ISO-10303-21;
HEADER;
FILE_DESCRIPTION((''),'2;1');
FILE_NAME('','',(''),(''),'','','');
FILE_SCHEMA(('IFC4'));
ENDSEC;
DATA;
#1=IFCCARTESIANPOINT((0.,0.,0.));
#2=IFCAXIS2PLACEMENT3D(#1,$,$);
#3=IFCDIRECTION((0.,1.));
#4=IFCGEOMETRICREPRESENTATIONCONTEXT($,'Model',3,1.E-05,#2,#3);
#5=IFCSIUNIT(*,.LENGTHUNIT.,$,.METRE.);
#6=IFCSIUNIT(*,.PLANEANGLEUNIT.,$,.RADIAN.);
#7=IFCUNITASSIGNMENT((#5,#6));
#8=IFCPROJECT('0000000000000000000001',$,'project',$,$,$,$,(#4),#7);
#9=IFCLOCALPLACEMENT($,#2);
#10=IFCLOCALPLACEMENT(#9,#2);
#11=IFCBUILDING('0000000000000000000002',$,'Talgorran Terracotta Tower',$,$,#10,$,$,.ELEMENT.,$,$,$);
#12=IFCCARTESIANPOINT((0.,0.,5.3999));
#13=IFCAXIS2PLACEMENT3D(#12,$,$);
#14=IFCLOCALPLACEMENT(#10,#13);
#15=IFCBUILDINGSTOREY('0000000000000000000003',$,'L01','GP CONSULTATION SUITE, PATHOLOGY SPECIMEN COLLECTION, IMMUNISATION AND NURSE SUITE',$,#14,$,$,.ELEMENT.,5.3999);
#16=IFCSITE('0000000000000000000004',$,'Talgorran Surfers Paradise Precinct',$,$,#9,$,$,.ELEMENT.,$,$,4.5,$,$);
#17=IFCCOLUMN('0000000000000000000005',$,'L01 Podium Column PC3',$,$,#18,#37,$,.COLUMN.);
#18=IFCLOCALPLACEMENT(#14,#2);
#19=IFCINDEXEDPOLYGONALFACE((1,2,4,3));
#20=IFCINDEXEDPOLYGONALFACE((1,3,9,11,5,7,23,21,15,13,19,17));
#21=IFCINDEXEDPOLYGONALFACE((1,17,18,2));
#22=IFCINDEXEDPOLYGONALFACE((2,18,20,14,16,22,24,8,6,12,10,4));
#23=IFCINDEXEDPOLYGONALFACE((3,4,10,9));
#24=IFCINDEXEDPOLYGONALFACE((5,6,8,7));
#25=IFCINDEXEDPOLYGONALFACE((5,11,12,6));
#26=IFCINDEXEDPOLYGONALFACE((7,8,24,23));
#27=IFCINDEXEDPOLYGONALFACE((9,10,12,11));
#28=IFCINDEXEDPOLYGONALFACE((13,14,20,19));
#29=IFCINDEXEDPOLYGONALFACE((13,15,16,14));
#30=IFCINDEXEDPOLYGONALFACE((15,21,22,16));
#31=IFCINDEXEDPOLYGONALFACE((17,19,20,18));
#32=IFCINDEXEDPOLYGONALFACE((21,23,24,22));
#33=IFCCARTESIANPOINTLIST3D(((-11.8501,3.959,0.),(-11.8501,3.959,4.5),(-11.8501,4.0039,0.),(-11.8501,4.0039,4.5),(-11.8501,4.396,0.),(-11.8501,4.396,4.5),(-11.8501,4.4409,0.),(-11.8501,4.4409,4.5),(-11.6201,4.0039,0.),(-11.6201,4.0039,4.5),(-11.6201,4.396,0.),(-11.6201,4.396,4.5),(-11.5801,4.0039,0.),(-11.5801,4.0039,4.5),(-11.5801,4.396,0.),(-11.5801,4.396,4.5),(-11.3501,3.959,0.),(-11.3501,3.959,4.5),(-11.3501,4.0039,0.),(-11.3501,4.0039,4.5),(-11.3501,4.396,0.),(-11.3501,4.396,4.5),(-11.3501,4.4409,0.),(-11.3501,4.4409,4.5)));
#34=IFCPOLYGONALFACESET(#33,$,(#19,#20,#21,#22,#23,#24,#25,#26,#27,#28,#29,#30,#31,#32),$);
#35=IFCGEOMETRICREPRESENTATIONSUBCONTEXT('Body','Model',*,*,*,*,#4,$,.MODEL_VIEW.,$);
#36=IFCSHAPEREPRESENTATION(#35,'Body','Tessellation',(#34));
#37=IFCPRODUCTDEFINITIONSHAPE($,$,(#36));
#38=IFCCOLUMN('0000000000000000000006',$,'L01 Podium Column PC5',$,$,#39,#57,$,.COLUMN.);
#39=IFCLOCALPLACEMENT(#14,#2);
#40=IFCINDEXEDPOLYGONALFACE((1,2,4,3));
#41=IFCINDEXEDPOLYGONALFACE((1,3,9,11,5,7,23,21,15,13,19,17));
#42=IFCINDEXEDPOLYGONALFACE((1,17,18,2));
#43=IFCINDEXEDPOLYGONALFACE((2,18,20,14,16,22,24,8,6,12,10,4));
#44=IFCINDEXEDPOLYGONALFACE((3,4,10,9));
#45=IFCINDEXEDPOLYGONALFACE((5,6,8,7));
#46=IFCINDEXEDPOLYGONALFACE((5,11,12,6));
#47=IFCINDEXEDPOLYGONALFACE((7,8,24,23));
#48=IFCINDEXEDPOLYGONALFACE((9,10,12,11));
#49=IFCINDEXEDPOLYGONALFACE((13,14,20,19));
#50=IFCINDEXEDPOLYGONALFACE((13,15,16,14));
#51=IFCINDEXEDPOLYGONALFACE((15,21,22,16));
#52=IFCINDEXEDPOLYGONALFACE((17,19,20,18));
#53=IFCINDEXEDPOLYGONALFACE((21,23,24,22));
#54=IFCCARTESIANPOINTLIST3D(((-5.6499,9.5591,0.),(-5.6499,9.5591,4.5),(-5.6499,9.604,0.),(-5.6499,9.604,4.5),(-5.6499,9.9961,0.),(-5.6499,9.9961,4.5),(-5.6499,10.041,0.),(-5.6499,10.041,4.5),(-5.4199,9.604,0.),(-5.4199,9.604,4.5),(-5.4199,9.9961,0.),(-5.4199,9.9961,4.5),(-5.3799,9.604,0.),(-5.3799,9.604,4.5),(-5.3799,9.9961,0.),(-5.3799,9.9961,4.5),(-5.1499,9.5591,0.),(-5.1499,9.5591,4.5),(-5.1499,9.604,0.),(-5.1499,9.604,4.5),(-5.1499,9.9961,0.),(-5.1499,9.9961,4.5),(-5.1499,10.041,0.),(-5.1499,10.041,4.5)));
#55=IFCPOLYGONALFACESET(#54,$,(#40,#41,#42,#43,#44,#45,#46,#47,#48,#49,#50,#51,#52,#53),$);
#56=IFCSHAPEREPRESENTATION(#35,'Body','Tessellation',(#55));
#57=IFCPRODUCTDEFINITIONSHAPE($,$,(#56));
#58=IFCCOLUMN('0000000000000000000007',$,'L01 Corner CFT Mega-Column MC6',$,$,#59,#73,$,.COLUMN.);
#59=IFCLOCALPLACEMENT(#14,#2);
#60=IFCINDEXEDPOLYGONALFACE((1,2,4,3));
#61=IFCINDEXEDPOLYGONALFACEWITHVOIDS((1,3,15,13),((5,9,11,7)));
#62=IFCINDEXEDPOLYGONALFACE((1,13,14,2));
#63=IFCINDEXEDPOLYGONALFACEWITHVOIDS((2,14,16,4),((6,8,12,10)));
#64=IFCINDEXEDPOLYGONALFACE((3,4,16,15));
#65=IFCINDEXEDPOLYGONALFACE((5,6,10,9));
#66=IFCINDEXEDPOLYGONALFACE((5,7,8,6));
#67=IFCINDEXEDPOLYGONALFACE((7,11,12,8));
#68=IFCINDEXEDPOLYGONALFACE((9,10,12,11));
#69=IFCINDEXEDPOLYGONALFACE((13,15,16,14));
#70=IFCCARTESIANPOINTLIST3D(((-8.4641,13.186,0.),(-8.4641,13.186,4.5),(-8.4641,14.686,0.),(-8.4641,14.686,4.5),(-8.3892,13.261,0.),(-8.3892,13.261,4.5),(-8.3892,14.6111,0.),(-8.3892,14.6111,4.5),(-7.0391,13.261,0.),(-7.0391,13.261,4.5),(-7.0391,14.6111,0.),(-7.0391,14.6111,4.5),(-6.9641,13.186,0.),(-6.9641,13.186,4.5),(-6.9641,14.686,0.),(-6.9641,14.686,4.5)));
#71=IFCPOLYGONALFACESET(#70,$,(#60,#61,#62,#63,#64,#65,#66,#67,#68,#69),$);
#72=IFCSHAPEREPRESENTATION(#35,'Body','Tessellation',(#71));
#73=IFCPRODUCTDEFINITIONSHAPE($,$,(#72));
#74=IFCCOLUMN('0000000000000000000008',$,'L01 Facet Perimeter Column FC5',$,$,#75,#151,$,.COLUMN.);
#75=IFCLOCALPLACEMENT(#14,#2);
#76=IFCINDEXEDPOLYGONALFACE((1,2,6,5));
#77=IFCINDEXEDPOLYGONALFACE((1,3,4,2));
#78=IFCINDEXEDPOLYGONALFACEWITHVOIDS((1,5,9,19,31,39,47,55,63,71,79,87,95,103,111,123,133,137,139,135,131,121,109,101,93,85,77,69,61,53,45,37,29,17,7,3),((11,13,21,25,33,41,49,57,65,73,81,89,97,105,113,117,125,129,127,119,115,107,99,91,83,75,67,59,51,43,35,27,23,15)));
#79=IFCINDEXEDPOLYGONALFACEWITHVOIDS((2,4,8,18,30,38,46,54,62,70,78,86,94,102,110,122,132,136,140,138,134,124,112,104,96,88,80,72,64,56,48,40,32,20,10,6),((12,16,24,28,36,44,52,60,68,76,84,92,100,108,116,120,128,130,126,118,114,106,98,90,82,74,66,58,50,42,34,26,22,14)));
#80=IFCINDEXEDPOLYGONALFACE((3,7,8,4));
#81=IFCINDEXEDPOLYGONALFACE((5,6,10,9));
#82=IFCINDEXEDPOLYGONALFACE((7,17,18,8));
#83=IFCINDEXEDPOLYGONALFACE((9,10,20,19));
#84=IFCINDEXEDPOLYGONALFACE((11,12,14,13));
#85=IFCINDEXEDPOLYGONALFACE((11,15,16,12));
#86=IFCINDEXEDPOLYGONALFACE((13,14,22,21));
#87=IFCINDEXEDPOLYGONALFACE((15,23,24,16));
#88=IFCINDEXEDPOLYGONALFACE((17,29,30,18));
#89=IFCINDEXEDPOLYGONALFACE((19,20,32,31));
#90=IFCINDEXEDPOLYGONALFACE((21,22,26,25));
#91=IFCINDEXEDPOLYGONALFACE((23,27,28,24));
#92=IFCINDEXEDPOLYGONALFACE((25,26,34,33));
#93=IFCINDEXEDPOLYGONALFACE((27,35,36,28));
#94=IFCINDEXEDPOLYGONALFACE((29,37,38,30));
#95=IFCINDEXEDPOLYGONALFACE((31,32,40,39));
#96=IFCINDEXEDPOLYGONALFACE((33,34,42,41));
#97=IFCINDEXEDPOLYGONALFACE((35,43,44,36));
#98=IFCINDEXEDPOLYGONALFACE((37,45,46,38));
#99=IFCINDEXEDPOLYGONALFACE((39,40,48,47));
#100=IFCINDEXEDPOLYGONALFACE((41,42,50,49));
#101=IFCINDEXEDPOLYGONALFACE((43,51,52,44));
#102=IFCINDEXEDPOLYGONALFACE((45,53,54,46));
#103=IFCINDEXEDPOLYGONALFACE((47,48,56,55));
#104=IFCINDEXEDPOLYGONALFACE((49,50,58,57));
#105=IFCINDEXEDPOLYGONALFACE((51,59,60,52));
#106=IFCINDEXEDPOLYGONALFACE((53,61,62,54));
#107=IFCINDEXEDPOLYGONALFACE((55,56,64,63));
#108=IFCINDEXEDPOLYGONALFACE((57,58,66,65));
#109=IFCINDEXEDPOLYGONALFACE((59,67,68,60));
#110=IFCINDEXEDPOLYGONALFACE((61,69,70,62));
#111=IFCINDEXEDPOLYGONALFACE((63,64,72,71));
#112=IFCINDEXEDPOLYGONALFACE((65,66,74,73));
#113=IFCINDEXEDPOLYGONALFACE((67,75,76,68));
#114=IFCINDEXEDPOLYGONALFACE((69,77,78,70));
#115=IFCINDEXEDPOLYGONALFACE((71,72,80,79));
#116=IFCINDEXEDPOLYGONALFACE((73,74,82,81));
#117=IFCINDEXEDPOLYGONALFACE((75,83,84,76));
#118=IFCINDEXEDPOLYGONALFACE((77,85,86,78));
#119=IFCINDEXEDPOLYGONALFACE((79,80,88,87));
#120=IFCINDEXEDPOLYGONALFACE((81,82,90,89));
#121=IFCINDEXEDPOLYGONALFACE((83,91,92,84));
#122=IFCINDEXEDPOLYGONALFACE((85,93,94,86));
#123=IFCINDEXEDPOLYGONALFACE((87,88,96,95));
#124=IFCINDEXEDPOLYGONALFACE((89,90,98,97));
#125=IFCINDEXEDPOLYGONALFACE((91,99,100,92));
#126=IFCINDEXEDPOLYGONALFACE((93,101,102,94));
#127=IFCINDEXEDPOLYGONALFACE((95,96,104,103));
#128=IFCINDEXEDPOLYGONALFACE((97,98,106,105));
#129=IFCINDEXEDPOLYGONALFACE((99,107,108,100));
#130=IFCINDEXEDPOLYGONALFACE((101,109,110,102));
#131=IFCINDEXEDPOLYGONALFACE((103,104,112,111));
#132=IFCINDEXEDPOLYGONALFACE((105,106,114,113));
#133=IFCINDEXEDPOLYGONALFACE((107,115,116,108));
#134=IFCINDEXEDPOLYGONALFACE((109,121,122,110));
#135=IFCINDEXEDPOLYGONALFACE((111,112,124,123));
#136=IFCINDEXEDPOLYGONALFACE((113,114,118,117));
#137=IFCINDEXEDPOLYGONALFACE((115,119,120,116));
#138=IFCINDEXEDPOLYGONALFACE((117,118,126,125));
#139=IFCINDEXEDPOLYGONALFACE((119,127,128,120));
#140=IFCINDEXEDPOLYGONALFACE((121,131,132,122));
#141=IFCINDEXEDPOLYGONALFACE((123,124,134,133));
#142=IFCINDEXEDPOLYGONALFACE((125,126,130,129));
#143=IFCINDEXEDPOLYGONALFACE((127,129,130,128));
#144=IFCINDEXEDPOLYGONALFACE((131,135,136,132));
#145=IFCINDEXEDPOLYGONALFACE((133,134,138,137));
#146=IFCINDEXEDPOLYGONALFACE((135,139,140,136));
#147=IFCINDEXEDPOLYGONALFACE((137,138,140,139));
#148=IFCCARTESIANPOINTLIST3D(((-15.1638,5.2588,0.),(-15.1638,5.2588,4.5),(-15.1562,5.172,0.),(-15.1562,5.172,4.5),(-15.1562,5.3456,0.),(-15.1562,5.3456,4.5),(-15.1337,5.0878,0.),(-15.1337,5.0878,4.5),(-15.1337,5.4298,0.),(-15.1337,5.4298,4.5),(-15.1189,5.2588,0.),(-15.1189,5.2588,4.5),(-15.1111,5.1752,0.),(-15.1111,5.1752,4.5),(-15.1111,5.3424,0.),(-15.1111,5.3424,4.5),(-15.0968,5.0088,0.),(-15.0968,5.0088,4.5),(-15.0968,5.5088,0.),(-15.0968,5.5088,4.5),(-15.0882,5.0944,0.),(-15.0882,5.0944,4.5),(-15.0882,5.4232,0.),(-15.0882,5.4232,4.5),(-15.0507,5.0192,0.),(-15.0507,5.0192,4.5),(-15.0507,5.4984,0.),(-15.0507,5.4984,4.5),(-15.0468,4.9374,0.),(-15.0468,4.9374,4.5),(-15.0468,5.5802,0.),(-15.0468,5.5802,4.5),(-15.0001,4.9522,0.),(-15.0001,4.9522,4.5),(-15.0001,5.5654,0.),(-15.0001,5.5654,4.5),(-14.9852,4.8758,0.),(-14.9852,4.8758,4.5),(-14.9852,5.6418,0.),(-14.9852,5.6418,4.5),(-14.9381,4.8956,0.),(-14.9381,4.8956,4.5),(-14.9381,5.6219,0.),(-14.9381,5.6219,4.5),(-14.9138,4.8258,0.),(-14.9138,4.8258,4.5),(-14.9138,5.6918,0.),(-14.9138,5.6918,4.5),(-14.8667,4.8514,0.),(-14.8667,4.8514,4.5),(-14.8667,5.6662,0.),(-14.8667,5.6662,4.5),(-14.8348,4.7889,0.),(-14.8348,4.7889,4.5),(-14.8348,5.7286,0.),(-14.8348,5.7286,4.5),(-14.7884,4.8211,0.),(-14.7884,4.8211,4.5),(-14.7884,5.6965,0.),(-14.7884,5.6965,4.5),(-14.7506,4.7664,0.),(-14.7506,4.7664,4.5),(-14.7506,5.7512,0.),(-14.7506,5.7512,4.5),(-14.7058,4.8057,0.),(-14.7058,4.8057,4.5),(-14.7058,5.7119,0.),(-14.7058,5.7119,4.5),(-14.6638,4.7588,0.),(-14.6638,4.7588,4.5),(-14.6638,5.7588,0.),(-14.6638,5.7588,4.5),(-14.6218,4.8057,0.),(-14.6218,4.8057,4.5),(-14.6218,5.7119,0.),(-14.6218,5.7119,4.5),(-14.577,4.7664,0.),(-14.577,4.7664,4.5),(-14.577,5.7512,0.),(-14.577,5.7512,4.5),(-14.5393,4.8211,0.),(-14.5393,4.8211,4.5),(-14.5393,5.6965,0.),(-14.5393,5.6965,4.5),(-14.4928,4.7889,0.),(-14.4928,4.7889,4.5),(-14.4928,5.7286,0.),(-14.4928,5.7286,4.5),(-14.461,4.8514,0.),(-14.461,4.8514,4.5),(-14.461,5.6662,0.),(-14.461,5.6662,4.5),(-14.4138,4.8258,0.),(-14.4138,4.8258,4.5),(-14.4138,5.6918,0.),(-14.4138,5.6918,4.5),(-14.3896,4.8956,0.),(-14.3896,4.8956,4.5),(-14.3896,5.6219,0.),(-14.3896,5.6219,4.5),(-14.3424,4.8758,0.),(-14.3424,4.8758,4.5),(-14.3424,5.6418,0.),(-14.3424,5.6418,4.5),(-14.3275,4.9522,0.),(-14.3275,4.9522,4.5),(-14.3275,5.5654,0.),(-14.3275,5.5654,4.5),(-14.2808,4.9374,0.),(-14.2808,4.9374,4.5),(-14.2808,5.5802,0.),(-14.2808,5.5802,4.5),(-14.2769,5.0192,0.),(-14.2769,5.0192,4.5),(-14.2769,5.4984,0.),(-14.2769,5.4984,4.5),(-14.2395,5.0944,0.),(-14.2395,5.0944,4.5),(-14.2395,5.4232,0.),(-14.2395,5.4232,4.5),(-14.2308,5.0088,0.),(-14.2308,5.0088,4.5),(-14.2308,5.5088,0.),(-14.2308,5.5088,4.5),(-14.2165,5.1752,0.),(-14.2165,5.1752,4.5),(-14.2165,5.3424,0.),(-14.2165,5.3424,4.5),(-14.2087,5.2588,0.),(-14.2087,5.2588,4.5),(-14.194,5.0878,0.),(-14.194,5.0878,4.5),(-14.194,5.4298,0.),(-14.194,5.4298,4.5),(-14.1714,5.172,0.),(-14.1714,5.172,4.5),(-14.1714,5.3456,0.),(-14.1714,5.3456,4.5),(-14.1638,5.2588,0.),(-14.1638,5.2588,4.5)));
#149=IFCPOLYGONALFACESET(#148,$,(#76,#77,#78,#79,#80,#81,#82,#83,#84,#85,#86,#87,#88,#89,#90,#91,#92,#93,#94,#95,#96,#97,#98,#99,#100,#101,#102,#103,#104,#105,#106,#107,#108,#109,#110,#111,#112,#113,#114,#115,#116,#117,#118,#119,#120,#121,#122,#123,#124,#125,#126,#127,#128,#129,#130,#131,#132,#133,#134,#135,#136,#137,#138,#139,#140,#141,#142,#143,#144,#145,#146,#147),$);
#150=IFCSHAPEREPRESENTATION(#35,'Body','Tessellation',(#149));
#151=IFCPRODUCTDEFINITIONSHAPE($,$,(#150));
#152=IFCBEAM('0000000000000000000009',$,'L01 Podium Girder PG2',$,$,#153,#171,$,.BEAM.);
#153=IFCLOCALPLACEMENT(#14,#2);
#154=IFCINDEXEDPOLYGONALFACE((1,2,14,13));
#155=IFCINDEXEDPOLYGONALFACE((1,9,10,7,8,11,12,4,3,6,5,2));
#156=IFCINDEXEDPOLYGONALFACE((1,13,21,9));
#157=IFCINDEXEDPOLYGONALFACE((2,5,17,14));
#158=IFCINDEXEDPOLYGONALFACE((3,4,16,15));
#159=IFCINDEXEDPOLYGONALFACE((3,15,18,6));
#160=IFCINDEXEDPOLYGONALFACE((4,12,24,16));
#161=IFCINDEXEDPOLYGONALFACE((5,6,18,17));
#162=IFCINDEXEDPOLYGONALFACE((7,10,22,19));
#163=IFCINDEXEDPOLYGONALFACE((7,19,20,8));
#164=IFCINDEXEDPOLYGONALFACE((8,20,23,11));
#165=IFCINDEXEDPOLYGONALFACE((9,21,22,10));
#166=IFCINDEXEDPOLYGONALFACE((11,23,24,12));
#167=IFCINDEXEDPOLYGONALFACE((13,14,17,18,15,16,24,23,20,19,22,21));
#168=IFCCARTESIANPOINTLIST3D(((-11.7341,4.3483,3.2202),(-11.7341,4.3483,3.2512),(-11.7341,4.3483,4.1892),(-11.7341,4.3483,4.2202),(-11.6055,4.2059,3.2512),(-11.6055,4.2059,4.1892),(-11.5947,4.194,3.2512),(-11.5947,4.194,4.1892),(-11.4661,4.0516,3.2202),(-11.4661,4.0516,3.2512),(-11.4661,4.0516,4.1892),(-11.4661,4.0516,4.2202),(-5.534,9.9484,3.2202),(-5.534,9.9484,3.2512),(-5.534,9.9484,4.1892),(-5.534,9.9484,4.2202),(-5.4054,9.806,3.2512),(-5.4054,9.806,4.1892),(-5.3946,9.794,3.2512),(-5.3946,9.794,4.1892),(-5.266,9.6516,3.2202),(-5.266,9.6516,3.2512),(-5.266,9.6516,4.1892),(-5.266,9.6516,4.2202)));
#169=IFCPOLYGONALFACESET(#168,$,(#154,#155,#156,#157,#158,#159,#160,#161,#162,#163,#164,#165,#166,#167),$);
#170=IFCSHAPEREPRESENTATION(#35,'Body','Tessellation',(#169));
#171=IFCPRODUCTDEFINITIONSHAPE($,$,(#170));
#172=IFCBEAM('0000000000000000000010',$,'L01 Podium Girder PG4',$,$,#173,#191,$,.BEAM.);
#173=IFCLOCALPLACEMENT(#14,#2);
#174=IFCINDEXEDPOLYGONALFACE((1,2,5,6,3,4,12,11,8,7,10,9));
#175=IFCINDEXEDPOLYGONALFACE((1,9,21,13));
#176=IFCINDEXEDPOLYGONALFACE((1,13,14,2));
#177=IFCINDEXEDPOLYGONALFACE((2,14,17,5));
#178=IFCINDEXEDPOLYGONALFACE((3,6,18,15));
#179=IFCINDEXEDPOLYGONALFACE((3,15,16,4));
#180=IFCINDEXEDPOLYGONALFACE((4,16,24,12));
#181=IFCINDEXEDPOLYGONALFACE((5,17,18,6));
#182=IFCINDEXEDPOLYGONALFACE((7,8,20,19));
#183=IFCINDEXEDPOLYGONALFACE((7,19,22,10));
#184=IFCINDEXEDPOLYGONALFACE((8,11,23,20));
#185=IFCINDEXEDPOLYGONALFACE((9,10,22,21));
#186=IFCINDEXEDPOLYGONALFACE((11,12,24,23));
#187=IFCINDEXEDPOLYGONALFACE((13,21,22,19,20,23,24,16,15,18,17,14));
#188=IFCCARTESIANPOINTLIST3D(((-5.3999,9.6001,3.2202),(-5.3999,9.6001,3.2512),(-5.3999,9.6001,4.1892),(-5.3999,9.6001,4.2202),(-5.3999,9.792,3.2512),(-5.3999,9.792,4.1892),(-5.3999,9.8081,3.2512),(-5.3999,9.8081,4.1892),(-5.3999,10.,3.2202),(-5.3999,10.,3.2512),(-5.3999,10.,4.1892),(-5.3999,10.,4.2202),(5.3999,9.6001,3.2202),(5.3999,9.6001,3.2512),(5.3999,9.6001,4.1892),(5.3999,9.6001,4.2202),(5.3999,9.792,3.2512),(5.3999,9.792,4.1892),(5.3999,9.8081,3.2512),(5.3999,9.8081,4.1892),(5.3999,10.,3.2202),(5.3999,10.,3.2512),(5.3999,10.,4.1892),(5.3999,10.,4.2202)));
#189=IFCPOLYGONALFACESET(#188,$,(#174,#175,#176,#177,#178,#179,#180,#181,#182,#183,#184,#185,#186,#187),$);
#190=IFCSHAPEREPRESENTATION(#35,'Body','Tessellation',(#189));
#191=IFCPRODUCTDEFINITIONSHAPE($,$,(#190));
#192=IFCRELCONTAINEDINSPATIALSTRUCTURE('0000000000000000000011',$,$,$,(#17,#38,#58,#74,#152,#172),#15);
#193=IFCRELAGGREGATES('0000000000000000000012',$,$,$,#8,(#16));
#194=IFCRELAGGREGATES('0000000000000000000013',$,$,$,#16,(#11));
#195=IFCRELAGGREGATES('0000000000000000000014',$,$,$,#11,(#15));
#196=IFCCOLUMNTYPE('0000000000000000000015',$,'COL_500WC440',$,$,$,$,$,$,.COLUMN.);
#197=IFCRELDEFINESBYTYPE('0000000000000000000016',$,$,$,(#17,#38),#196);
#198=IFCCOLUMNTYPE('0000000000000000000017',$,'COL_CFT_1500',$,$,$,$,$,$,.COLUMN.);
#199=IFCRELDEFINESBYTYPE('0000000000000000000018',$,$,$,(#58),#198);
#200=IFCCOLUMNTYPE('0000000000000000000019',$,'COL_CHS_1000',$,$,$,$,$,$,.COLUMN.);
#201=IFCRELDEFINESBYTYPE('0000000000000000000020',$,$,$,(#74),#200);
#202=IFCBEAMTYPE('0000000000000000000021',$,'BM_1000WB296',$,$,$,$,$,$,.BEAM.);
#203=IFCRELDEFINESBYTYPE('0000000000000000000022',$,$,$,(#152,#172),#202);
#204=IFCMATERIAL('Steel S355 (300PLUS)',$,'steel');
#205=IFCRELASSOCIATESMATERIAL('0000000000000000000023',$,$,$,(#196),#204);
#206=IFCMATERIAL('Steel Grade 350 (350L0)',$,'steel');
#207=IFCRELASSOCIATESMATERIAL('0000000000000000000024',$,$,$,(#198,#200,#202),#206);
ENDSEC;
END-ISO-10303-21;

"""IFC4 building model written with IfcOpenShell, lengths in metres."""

from ifc_helpers import new_model, si_unit, direction, frame, origin, origin_2d, place, context, subcontext, project, spatial, hollow_rectangle, hollow_circle, i_section, extrude, material, material_profile, profile_set, type_object, element, save


model = new_model("IFC4")

# Units and contexts
model_context = context("Model", 3, precision=1e-05, world=origin(), true_north=direction((0.0, 1.0)))
body_context = subcontext(model_context, "Body", "Model", "MODEL_VIEW")
ifc_project = project(units=[si_unit("LENGTHUNIT", "METRE"), si_unit("PLANEANGLEUNIT", "RADIAN")], contexts=[model_context])

# Site, building, storey
site_placement = place(None, origin())
site = spatial("IfcSite", under=ifc_project, at=site_placement, Name="Talgorran Surfers Paradise Precinct", CompositionType="ELEMENT", RefElevation=4.5)
building_placement = place(site_placement, origin())
building = spatial("IfcBuilding", under=site, at=building_placement, Name="Talgorran Terracotta Tower", CompositionType="ELEMENT")
storey_placement = place(building_placement, frame((0.0, 0.0, 5.3999)))
storey = spatial("IfcBuildingStorey", under=building, at=storey_placement, Name="L01", Description="GP CONSULTATION SUITE, PATHOLOGY SPECIMEN COLLECTION, IMMUNISATION AND NURSE SUITE", CompositionType="ELEMENT", Elevation=5.3999)

# Columns
ifc_material_1 = material(Name="Steel S355 (300PLUS)", Category="steel")
ifc_material_profile_1 = material_profile(ifc_material_1, i_section(OverallWidth=0.5, OverallDepth=0.4819, WebThickness=0.04, FlangeThickness=0.0449, at=origin_2d()), Name="500WC440")
ifc_profile_set_1 = profile_set([ifc_material_profile_1], Name="Steel S355 (300PLUS)")
column_type_1 = type_object("IfcColumnType", Name="COL_500WC440", PredefinedType="COLUMN", material=ifc_profile_set_1)
for number, where, z_axis, x_axis, name in (
    (1, (-11.6001, 4.2, 0.0), (0.0, 0.0, 1.0), (1.0, 0.0, 0.0), "L01 Podium Column PC3"),
    (2, (-5.3999, 9.8, 0.0), (0.0, 0.0, 1.0), (1.0, 0.0, 0.0), "L01 Podium Column PC5"),
):
    element("IfcColumn", number, at=place(storey_placement, frame(where, z_axis=z_axis, x_axis=x_axis)), inside=storey, type_object=column_type_1, Name=name, PredefinedType="COLUMN", context=body_context, shape_type="SweptSolid", body=[
        extrude(i_section(OverallWidth=0.5, OverallDepth=0.4819, WebThickness=0.04, FlangeThickness=0.0449, at=origin_2d()), origin(), (0.0, 0.0, 1.0), 4.5),
    ])
ifc_material_2 = material(Name="Steel Grade 350 (350L0)", Category="steel")
ifc_material_profile_2 = material_profile(ifc_material_2, hollow_rectangle(XDim=1.5, YDim=1.5, WallThickness=0.075, at=origin_2d()), Name="CFT1500X1500X75")
ifc_profile_set_2 = profile_set([ifc_material_profile_2], Name="Steel Grade 350 (350L0)")
column_type_2 = type_object("IfcColumnType", Name="COL_CFT_1500", PredefinedType="COLUMN", material=ifc_profile_set_2)
column_1_placement = place(storey_placement, frame((-7.7141, 13.936, 0.0), z_axis=(0.0, 0.0, 1.0), x_axis=(1.0, 0.0, 0.0)))
element("IfcColumn", 3, at=column_1_placement, inside=storey, type_object=column_type_2, Name="L01 Corner CFT Mega-Column MC6", PredefinedType="COLUMN", context=body_context, shape_type="SweptSolid", body=[
    extrude(hollow_rectangle(XDim=1.5, YDim=1.5, WallThickness=0.075, at=origin_2d()), origin(), (0.0, 0.0, 1.0), 4.5),
])
ifc_material_profile_3 = material_profile(ifc_material_2, hollow_circle(Radius=0.5, WallThickness=0.0449, at=origin_2d()), Name="CHS1000X45")
ifc_profile_set_3 = profile_set([ifc_material_profile_3], Name="Steel Grade 350 (350L0)")
column_type_3 = type_object("IfcColumnType", Name="COL_CHS_1000", PredefinedType="COLUMN", material=ifc_profile_set_3)
column_2_placement = place(storey_placement, frame((-14.6638, 5.2588, 0.0), z_axis=(0.0, 0.0, 1.0), x_axis=(1.0, 0.0, 0.0)))
element("IfcColumn", 4, at=column_2_placement, inside=storey, type_object=column_type_3, Name="L01 Facet Perimeter Column FC5", PredefinedType="COLUMN", context=body_context, shape_type="SweptSolid", body=[
    extrude(hollow_circle(Radius=0.5, WallThickness=0.0449, at=origin_2d()), origin(), (0.0, 0.0, 1.0), 4.5),
])

# Beams
ifc_material_profile_4 = material_profile(ifc_material_2, i_section(OverallWidth=0.3999, OverallDepth=1.0, WebThickness=0.0161, FlangeThickness=0.031, at=origin_2d()), Name="1000WB296")
ifc_profile_set_4 = profile_set([ifc_material_profile_4], Name="Steel Grade 350 (350L0)")
beam_type_1 = type_object("IfcBeamType", Name="BM_1000WB296", PredefinedType="BEAM", material=ifc_profile_set_4)
beam_1_placement = place(storey_placement, frame((-11.6001, 4.2, 3.7202), z_axis=(0.742107, 0.670281, 0.0), x_axis=(-0.670281, 0.742107, 0.0)))
element("IfcBeam", 5, at=beam_1_placement, inside=storey, type_object=beam_type_1, Name="L01 Podium Girder PG2", PredefinedType="BEAM", context=body_context, shape_type="SweptSolid", body=[
    extrude(i_section(OverallWidth=0.3999, OverallDepth=1.0, WebThickness=0.0161, FlangeThickness=0.031, at=origin_2d()), origin(), (0.0, 0.0, 1.0), 8.3547),
])
beam_2_placement = place(storey_placement, frame((-5.3999, 9.8, 3.7202), z_axis=(1.0, 0.0, 0.0), x_axis=(0.0, 1.0, 0.0)))
element("IfcBeam", 6, at=beam_2_placement, inside=storey, type_object=beam_type_1, Name="L01 Podium Girder PG4", PredefinedType="BEAM", context=body_context, shape_type="SweptSolid", body=[
    extrude(i_section(OverallWidth=0.3999, OverallDepth=1.0, WebThickness=0.0161, FlangeThickness=0.031, at=origin_2d()), origin(), (0.0, 0.0, 1.0), 10.7998),
])

save(model, "model.ifc")
